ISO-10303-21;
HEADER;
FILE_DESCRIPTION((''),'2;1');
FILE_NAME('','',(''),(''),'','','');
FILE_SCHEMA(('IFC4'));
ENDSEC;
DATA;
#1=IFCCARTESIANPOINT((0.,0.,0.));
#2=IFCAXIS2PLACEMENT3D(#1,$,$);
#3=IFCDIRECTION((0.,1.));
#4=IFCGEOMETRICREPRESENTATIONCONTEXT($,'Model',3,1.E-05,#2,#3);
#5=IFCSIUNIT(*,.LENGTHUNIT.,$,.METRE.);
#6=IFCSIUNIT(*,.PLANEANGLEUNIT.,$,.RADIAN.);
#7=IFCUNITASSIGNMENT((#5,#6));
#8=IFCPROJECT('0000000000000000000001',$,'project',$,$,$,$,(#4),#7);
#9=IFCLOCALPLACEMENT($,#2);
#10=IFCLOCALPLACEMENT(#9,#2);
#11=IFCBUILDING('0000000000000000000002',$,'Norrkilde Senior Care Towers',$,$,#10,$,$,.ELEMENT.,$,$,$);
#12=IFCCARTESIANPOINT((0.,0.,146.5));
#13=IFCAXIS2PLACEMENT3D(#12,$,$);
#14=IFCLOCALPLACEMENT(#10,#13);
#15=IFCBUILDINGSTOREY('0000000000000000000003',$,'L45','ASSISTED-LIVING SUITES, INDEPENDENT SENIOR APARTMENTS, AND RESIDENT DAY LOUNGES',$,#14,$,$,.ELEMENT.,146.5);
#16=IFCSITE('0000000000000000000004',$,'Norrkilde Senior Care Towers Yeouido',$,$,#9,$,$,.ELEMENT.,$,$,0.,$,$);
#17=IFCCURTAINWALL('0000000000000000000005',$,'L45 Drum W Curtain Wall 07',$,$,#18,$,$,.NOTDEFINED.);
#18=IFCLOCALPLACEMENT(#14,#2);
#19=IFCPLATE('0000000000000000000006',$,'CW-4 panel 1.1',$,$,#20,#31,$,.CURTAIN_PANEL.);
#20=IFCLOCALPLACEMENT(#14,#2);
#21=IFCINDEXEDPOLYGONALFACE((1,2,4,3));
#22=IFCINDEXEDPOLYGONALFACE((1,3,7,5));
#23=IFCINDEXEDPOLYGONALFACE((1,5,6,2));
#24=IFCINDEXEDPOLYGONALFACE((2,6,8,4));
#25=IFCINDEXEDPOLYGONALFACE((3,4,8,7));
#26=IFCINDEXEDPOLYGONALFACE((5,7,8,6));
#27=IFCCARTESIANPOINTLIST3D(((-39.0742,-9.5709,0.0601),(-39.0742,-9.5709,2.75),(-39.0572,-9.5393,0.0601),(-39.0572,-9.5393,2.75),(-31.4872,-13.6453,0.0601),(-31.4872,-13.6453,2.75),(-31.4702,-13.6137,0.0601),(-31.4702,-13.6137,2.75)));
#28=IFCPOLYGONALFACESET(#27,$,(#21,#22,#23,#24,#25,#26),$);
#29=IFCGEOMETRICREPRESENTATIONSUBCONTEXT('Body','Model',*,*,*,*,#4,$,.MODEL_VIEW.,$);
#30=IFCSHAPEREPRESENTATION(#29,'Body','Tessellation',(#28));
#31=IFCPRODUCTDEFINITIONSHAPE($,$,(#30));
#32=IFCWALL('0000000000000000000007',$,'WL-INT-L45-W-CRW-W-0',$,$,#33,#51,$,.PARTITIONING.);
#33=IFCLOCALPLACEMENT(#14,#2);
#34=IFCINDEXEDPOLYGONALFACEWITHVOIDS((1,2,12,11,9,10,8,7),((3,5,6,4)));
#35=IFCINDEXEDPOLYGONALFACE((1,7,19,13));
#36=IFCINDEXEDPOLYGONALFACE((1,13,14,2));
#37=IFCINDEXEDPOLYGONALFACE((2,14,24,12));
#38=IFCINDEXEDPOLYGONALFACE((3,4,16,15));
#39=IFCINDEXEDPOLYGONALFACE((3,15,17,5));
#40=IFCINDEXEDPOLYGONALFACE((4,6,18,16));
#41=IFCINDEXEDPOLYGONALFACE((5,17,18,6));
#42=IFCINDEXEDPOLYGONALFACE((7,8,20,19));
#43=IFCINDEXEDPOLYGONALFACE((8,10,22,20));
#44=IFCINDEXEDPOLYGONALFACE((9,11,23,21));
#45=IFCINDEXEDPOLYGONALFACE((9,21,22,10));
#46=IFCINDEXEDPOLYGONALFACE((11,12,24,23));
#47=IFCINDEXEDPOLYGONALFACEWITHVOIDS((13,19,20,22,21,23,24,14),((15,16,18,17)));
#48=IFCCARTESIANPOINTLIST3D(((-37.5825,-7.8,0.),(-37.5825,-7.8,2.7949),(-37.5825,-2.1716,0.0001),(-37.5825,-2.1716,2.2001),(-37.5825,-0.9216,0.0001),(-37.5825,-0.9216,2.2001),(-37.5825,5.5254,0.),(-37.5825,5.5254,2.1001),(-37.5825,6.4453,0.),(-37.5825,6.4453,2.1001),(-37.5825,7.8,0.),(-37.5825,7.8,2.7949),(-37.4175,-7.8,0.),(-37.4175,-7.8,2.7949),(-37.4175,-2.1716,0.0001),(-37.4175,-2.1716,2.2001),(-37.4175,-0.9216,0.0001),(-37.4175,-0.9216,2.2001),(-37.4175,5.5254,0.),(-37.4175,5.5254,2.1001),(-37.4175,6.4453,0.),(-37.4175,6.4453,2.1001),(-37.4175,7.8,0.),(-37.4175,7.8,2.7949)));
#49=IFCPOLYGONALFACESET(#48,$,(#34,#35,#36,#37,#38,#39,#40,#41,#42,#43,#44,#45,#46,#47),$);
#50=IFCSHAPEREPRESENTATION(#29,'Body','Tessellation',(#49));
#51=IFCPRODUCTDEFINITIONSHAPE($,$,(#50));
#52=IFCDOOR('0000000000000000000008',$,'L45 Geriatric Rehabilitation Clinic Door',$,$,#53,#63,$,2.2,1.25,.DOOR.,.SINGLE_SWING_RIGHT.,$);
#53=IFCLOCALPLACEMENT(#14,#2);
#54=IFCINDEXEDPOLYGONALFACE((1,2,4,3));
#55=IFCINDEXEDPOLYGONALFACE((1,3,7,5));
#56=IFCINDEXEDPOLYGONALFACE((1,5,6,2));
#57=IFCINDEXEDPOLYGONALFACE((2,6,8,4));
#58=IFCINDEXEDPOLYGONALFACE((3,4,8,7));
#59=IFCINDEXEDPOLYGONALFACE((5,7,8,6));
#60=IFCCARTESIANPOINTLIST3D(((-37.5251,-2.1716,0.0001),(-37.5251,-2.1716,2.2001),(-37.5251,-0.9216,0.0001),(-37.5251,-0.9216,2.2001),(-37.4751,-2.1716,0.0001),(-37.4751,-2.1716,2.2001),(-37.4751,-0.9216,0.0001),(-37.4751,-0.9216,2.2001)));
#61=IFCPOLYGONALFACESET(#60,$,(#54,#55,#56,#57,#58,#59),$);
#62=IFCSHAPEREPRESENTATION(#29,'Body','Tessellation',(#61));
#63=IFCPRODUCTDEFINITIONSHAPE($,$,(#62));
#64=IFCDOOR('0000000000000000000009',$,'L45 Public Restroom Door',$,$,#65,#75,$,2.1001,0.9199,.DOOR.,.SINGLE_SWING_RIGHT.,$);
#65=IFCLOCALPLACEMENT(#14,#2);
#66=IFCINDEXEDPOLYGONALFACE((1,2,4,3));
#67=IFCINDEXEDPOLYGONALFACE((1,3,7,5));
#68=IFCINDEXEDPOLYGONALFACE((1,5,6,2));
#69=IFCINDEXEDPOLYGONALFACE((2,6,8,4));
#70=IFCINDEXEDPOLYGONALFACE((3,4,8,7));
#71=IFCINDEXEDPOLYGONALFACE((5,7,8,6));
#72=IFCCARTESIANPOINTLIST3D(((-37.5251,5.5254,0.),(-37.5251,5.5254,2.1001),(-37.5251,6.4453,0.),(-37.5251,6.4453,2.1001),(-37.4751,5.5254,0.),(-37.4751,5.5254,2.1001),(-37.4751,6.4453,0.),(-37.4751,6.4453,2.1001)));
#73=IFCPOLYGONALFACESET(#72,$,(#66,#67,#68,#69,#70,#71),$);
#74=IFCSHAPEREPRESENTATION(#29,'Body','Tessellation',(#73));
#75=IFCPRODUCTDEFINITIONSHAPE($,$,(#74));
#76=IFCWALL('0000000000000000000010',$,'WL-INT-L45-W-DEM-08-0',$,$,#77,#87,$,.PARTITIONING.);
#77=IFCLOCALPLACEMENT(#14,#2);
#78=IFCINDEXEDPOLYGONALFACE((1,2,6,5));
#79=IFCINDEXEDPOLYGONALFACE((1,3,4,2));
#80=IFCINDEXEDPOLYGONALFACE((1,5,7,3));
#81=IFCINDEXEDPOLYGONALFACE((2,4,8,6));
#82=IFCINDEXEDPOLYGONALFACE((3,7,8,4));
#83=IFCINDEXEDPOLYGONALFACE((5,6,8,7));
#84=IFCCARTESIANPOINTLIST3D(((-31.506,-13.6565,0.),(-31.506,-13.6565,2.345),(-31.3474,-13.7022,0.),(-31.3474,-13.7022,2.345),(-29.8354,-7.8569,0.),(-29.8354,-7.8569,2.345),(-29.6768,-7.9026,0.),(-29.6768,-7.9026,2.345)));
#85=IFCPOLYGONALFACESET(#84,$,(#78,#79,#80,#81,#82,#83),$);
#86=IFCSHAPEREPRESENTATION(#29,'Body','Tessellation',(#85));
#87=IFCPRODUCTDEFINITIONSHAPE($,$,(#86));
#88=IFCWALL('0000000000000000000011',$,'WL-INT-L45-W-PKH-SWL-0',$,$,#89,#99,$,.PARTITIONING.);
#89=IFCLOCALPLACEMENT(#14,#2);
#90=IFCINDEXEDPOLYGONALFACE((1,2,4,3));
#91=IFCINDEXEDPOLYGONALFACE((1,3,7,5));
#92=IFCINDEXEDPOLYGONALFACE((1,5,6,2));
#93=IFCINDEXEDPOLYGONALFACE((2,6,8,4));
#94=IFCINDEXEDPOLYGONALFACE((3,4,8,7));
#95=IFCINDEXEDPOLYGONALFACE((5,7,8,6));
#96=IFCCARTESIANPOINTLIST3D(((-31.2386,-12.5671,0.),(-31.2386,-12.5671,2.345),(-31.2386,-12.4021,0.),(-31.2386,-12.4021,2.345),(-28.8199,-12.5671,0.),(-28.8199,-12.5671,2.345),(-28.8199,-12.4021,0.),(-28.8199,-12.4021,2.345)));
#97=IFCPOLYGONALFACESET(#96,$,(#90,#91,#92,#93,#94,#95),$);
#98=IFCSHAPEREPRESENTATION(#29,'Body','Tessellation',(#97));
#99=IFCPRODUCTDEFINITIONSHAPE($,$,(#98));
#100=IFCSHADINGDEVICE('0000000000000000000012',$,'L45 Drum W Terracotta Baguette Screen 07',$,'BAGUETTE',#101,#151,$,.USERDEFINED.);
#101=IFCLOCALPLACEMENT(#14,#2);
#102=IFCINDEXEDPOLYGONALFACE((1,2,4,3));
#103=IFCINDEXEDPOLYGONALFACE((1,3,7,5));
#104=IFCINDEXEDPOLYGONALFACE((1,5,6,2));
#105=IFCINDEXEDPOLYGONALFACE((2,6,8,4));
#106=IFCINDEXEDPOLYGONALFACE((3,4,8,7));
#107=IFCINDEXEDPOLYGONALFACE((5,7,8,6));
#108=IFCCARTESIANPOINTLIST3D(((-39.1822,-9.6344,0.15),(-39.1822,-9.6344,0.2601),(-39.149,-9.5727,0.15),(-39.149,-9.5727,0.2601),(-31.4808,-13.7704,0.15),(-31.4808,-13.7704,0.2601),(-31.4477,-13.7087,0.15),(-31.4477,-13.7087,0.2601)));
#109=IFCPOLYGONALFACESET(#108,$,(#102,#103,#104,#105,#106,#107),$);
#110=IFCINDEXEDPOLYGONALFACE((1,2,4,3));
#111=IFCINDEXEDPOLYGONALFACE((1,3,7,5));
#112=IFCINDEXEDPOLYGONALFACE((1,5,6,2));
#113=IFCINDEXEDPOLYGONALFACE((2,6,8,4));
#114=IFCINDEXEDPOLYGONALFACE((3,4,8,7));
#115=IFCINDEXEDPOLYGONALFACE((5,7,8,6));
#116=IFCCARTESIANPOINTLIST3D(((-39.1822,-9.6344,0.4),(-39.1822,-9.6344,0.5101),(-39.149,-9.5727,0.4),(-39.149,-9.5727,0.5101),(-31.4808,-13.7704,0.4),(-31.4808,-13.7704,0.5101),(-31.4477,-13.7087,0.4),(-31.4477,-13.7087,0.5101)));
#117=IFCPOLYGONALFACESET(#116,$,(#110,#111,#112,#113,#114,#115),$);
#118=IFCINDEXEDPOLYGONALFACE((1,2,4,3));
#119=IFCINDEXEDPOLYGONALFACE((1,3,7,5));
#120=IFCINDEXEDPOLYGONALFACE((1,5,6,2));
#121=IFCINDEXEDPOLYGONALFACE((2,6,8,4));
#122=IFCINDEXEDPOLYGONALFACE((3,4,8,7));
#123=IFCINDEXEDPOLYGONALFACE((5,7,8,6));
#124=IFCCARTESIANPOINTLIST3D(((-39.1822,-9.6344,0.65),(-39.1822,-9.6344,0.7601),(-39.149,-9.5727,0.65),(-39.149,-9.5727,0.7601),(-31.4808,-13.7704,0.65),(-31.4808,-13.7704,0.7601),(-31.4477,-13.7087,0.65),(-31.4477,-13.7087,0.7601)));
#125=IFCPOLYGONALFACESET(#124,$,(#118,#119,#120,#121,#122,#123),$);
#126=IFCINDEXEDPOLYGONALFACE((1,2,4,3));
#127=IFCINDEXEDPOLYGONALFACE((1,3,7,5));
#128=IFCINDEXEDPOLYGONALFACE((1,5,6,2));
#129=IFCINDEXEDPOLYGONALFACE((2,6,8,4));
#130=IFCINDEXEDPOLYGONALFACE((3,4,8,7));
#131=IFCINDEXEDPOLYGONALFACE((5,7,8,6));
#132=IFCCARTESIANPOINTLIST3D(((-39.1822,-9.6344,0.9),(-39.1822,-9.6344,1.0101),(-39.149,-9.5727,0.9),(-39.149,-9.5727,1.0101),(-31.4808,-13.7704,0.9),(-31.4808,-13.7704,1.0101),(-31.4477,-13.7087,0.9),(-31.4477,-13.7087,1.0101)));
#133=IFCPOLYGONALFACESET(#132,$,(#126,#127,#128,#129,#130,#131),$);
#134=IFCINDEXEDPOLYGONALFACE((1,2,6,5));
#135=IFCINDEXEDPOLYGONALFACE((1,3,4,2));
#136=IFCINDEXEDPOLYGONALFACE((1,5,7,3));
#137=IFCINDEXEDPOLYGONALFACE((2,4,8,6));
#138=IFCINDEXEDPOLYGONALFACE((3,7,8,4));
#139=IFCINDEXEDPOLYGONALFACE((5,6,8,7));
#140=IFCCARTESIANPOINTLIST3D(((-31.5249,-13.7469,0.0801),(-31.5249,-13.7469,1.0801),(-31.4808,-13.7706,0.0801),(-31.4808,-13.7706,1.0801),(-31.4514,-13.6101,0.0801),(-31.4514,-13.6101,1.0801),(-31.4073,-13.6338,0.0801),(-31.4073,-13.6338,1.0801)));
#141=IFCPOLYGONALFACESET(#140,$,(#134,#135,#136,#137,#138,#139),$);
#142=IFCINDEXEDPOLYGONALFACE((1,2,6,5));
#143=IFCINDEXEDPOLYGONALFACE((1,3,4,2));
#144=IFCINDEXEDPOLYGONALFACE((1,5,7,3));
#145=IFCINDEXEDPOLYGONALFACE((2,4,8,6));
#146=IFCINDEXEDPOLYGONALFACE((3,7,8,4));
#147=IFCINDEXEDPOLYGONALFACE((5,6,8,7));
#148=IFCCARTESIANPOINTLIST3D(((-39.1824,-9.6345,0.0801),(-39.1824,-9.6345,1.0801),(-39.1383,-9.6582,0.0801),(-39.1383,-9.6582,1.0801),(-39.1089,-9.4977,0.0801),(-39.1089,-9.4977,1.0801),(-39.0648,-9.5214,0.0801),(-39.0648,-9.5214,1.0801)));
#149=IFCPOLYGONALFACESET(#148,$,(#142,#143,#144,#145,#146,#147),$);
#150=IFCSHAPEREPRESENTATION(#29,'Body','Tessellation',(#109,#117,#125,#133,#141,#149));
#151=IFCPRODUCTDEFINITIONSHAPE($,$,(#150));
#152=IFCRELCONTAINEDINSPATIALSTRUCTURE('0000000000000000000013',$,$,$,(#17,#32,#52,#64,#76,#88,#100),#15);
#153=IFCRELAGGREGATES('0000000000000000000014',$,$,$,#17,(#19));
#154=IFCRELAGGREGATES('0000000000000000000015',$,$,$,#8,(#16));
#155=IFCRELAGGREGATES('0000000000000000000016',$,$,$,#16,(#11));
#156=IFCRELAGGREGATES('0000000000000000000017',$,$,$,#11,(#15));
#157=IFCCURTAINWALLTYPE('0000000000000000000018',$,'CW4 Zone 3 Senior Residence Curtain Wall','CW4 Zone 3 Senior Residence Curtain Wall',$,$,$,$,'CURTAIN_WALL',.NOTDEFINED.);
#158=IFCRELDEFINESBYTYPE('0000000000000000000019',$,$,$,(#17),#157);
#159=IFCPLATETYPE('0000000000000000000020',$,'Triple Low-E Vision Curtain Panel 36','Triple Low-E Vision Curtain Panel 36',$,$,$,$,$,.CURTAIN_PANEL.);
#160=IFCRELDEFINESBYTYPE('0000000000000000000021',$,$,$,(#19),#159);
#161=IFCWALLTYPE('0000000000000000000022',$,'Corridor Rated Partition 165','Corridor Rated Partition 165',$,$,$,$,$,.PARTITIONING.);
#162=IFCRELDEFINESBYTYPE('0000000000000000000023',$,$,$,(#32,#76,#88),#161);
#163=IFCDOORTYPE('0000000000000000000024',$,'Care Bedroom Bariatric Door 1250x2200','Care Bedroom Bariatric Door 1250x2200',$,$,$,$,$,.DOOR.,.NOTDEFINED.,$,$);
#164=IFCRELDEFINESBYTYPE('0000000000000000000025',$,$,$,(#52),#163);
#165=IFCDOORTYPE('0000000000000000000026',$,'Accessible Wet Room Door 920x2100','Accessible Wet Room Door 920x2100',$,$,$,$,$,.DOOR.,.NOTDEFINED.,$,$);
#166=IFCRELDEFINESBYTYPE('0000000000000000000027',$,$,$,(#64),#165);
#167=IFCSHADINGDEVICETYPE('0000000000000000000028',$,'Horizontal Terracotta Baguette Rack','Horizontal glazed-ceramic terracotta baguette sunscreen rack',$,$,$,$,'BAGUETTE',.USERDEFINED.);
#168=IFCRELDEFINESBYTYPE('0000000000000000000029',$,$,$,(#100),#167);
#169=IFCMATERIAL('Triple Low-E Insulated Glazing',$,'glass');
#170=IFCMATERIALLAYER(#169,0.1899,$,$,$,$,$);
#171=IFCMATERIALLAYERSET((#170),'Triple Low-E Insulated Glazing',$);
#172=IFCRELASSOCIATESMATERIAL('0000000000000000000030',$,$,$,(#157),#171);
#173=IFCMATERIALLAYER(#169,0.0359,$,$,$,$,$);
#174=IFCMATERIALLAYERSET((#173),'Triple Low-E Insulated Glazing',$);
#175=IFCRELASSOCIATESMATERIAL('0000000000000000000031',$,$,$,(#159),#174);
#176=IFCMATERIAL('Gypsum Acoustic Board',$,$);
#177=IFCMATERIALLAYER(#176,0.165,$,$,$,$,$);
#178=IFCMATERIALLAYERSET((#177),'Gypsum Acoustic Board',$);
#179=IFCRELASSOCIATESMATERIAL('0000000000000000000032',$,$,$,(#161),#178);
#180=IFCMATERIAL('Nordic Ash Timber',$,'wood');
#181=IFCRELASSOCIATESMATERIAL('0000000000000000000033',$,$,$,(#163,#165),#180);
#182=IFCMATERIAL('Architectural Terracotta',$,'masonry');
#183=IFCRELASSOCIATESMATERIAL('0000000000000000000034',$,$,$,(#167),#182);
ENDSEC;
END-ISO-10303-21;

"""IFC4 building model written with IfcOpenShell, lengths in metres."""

from ifc_helpers import new_model, si_unit, direction, frame, frame_2d, origin, origin_2d, place, context, subcontext, project, spatial, rectangle, extrude, source, transform, mapped, material, layer, layer_set, type_object, type_shapes, element, fill, aggregate, save


model = new_model("IFC4")

# Units and contexts
model_context = context("Model", 3, precision=1e-05, world=origin(), true_north=direction((0.0, 1.0)))
body_context = subcontext(model_context, "Body", "Model", "MODEL_VIEW")
ifc_project = project(units=[si_unit("LENGTHUNIT", "METRE"), si_unit("PLANEANGLEUNIT", "RADIAN")], contexts=[model_context])

# Site, building, storey
site_placement = place(None, origin())
site = spatial("IfcSite", under=ifc_project, at=site_placement, Name="Norrkilde Senior Care Towers Yeouido", CompositionType="ELEMENT", RefElevation=0.0)
building_placement = place(site_placement, origin())
building = spatial("IfcBuilding", under=site, at=building_placement, Name="Norrkilde Senior Care Towers", CompositionType="ELEMENT")
storey_placement = place(building_placement, frame((0.0, 0.0, 146.5)))
storey = spatial("IfcBuildingStorey", under=building, at=storey_placement, Name="L45", Description="ASSISTED-LIVING SUITES, INDEPENDENT SENIOR APARTMENTS, AND RESIDENT DAY LOUNGES", CompositionType="ELEMENT", Elevation=146.5)

# Shared definitions
ifc_material_1 = material(Name="Triple Low-E Insulated Glazing", Category="glass")
ifc_layer_1 = layer(ifc_material_1, 0.1899)
ifc_layer_set_1 = layer_set([ifc_layer_1], Name="Triple Low-E Insulated Glazing")
curtain_wall_type = type_object("IfcCurtainWallType", Name="CW4 Zone 3 Senior Residence Curtain Wall", Description="CW4 Zone 3 Senior Residence Curtain Wall", ElementType="CURTAIN_WALL", PredefinedType="NOTDEFINED", material=ifc_layer_set_1)

# Curtain wall
curtain_wall_1_placement = place(storey_placement, origin())
curtain_wall_1 = element("IfcCurtainWall", 1, at=curtain_wall_1_placement, inside=storey, type_object=curtain_wall_type, Name="L45 Drum W Curtain Wall 07", PredefinedType="NOTDEFINED")

# Plate
ifc_layer_2 = layer(ifc_material_1, 0.0359)
ifc_layer_set_2 = layer_set([ifc_layer_2], Name="Triple Low-E Insulated Glazing")
plate_type = type_object("IfcPlateType", Name="Triple Low-E Vision Curtain Panel 36", Description="Triple Low-E Vision Curtain Panel 36", PredefinedType="CURTAIN_PANEL", material=ifc_layer_set_2)
shared_shape_1 = source(origin(), body_context, "Body", "SweptSolid", [
    extrude(rectangle(XDim=8.6118, YDim=0.0359, at=origin_2d()), origin(), (0.0, 0.0, 1.0), 2.6899),
])
plate_1_placement = place(storey_placement, frame((-35.2722, -11.5923, 0.0601), z_axis=(0.0, 0.0, 1.0), x_axis=(-0.881, 0.473117, 0.0)))
plate_1 = element("IfcPlate", 2, at=plate_1_placement, type_object=plate_type, Name="CW-4 panel 1.1", PredefinedType="CURTAIN_PANEL", context=body_context, shape_type="MappedRepresentation", body=[
    mapped(shared_shape_1, transform((0.0, 0.0, 0.0), x_axis=(1.0, 0.0, 0.0), y_axis=(0.0, 1.0, 0.0), z_axis=(0.0, 0.0, 1.0), scale=1.0)),
])
aggregate(curtain_wall_1, [plate_1])

# Wall, openings, doors
ifc_material_2 = material(Name="Gypsum Acoustic Board")
ifc_layer_3 = layer(ifc_material_2, 0.165)
ifc_layer_set_3 = layer_set([ifc_layer_3], Name="Gypsum Acoustic Board")
wall_type = type_object("IfcWallType", Name="Corridor Rated Partition 165", Description="Corridor Rated Partition 165", PredefinedType="PARTITIONING", material=ifc_layer_set_3)
shared_shape_2 = source(origin(), body_context, "Body", "SweptSolid", [
    extrude(rectangle(XDim=15.6001, YDim=0.165, at=frame_2d((7.8, 0.0))), origin(), (0.0, 0.0, 1.0), 2.7949),
])
wall_1_placement = place(storey_placement, frame((-37.5, -7.8, 0.0), z_axis=(0.0, 0.0, 1.0), x_axis=(0.0, 1.0, 0.0)))
wall_1 = element("IfcWall", 3, at=wall_1_placement, inside=storey, type_object=wall_type, Name="WL-INT-L45-W-CRW-W-0", PredefinedType="PARTITIONING", context=body_context, shape_type="MappedRepresentation", body=[
    mapped(shared_shape_2, transform((0.0, 0.0, 0.0), x_axis=(1.0, 0.0, 0.0), y_axis=(0.0, 1.0, 0.0), z_axis=(0.0, 0.0, 1.0), scale=1.0)),
])
opening_1_placement = place(wall_1_placement, frame((13.3254, 0.0, 0.0)))
opening_1 = element("IfcOpeningElement", 4, at=opening_1_placement, cuts=wall_1, PredefinedType="OPENING", context=body_context, shape_type="SweptSolid", body=[
    extrude(rectangle(XDim=0.9199, YDim=2.1001, at=frame_2d((0.46, 1.05))), frame((0.0, 0.0925, 0.0), z_axis=(0.0, -1.0, 0.0), x_axis=(1.0, 0.0, 0.0)), (0.0, 0.0, 1.0), 0.1851),
])
opening_2_placement = place(wall_1_placement, frame((5.6284, 0.0, 0.0)))
opening_2 = element("IfcOpeningElement", 5, at=opening_2_placement, cuts=wall_1, PredefinedType="OPENING", context=body_context, shape_type="SweptSolid", body=[
    extrude(rectangle(XDim=1.25, YDim=2.2, at=frame_2d((0.625, 1.1001))), frame((0.0, 0.0925, 0.0), z_axis=(0.0, -1.0, 0.0), x_axis=(1.0, 0.0, 0.0)), (0.0, 0.0, 1.0), 0.1851),
])
ifc_material_3 = material(Name="Nordic Ash Timber", Category="wood")
door_type_1 = type_object("IfcDoorType", Name="Care Bedroom Bariatric Door 1250x2200", Description="Care Bedroom Bariatric Door 1250x2200", OperationType="NOTDEFINED", PredefinedType="DOOR", material=ifc_material_3)
shared_shape_3 = source(origin(), body_context, "Body", "SweptSolid", [
    extrude(rectangle(XDim=1.25, YDim=2.2, at=frame_2d((0.625, 1.1001))), frame((0.0, 0.0249, 0.0), z_axis=(0.0, -1.0, 0.0), x_axis=(1.0, 0.0, 0.0)), (0.0, 0.0, 1.0), 0.05),
])
type_shapes(door_type_1, [shared_shape_3])
door_1_placement = place(opening_2_placement, frame((1.25, 0.0, 0.0), z_axis=(0.0, 0.0, 1.0), x_axis=(-1.0, 0.0, 0.0)))
door_1 = element("IfcDoor", 6, at=door_1_placement, inside=storey, type_object=door_type_1, Name="L45 Geriatric Rehabilitation Clinic Door", OperationType="SINGLE_SWING_RIGHT", OverallHeight=2.2, OverallWidth=1.25, PredefinedType="DOOR", context=body_context, shape_type="MappedRepresentation", body=[
    mapped(shared_shape_3, transform((0.0, 0.0, 0.0), x_axis=(1.0, 0.0, 0.0), y_axis=(0.0, 1.0, 0.0), z_axis=(0.0, 0.0, 1.0), scale=1.0)),
])
fill(opening_2, door_1)
door_type_2 = type_object("IfcDoorType", Name="Accessible Wet Room Door 920x2100", Description="Accessible Wet Room Door 920x2100", OperationType="NOTDEFINED", PredefinedType="DOOR", material=ifc_material_3)
shared_shape_4 = source(origin(), body_context, "Body", "SweptSolid", [
    extrude(rectangle(XDim=0.9199, YDim=2.1001, at=frame_2d((0.46, 1.05))), frame((0.0, 0.0249, 0.0), z_axis=(0.0, -1.0, 0.0), x_axis=(1.0, 0.0, 0.0)), (0.0, 0.0, 1.0), 0.05),
])
type_shapes(door_type_2, [shared_shape_4])
door_2_placement = place(opening_1_placement, frame((0.9199, 0.0, 0.0), z_axis=(0.0, 0.0, 1.0), x_axis=(-1.0, 0.0, 0.0)))
door_2 = element("IfcDoor", 7, at=door_2_placement, inside=storey, type_object=door_type_2, Name="L45 Public Restroom Door", OperationType="SINGLE_SWING_RIGHT", OverallHeight=2.1001, OverallWidth=0.9199, PredefinedType="DOOR", context=body_context, shape_type="MappedRepresentation", body=[
    mapped(shared_shape_4, transform((0.0, 0.0, 0.0), x_axis=(1.0, 0.0, 0.0), y_axis=(0.0, 1.0, 0.0), z_axis=(0.0, 0.0, 1.0), scale=1.0)),
])
fill(opening_1, door_2)

# Walls
shared_shape_5 = source(origin(), body_context, "Body", "SweptSolid", [
    extrude(rectangle(XDim=6.0354, YDim=0.165, at=frame_2d((3.0176, 0.0))), origin(), (0.0, 0.0, 1.0), 2.345),
])
wall_2_placement = place(storey_placement, frame((-29.7561, -7.8799, 0.0), z_axis=(0.0, 0.0, 1.0), x_axis=(-0.276809, -0.960925, 0.0)))
element("IfcWall", 8, at=wall_2_placement, inside=storey, type_object=wall_type, Name="WL-INT-L45-W-DEM-08-0", PredefinedType="PARTITIONING", context=body_context, shape_type="MappedRepresentation", body=[
    mapped(shared_shape_5, transform((0.0, 0.0, 0.0), x_axis=(1.0, 0.0, 0.0), y_axis=(0.0, 1.0, 0.0), z_axis=(0.0, 0.0, 1.0), scale=1.0)),
])
shared_shape_6 = source(origin(), body_context, "Body", "SweptSolid", [
    extrude(rectangle(XDim=2.4187, YDim=0.165, at=frame_2d((1.2095, 0.0))), origin(), (0.0, 0.0, 1.0), 2.345),
])
type_shapes(wall_type, [shared_shape_2, shared_shape_5, shared_shape_6])
wall_3_placement = place(storey_placement, frame((-31.2388, -12.4846, 0.0), z_axis=(0.0, 0.0, 1.0), x_axis=(1.0, 0.0, 0.0)))
element("IfcWall", 9, at=wall_3_placement, inside=storey, type_object=wall_type, Name="WL-INT-L45-W-PKH-SWL-0", PredefinedType="PARTITIONING", context=body_context, shape_type="MappedRepresentation", body=[
    mapped(shared_shape_6, transform((0.0, 0.0, 0.0), x_axis=(1.0, 0.0, 0.0), y_axis=(0.0, 1.0, 0.0), z_axis=(0.0, 0.0, 1.0), scale=1.0)),
])

# Shading device
ifc_material_4 = material(Name="Architectural Terracotta", Category="masonry")
shading_device_type = type_object("IfcShadingDeviceType", Name="Horizontal Terracotta Baguette Rack", Description="Horizontal glazed-ceramic terracotta baguette sunscreen rack", ElementType="BAGUETTE", PredefinedType="USERDEFINED", material=ifc_material_4)
shared_shape_7 = source(origin(), body_context, "Body", "SweptSolid", [
    extrude(rectangle(XDim=0.0701, YDim=0.1101, at=origin_2d()), frame((0.0, 0.0901, 0.125), z_axis=(1.0, 0.0, 0.0), x_axis=(0.0, 1.0, 0.0)), (0.0, 0.0, 1.0), 8.7417),
    extrude(rectangle(XDim=0.0701, YDim=0.1101, at=origin_2d()), frame((0.0, 0.0901, 0.375), z_axis=(1.0, 0.0, 0.0), x_axis=(0.0, 1.0, 0.0)), (0.0, 0.0, 1.0), 8.7417),
    extrude(rectangle(XDim=0.0701, YDim=0.1101, at=origin_2d()), frame((0.0, 0.0901, 0.625), z_axis=(1.0, 0.0, 0.0), x_axis=(0.0, 1.0, 0.0)), (0.0, 0.0, 1.0), 8.7417),
    extrude(rectangle(XDim=0.0701, YDim=0.1101, at=origin_2d()), frame((0.0, 0.0901, 0.875), z_axis=(1.0, 0.0, 0.0), x_axis=(0.0, 1.0, 0.0)), (0.0, 0.0, 1.0), 8.7417),
    extrude(rectangle(XDim=0.05, YDim=0.1553, at=origin_2d()), frame((0.0249, 0.0476, 0.0)), (0.0, 0.0, 1.0), 1.0),
    extrude(rectangle(XDim=0.05, YDim=0.1553, at=origin_2d()), frame((8.7168, 0.0476, 0.0)), (0.0, 0.0, 1.0), 1.0),
])
type_shapes(shading_device_type, [shared_shape_7])
shading_device_placement = place(storey_placement, frame((-31.4216, -13.6602, 0.0801), z_axis=(0.0, 0.0, 1.0), x_axis=(-0.880998, 0.473133, 0.0)))
element("IfcShadingDevice", 10, at=shading_device_placement, inside=storey, type_object=shading_device_type, Name="L45 Drum W Terracotta Baguette Screen 07", ObjectType="BAGUETTE", PredefinedType="USERDEFINED", context=body_context, shape_type="MappedRepresentation", body=[
    mapped(shared_shape_7, transform((0.0, 0.0, 0.0), x_axis=(1.0, 0.0, 0.0), y_axis=(0.0, 1.0, 0.0), z_axis=(0.0, 0.0, 1.0), scale=1.0)),
])

save(model, "model.ifc")
